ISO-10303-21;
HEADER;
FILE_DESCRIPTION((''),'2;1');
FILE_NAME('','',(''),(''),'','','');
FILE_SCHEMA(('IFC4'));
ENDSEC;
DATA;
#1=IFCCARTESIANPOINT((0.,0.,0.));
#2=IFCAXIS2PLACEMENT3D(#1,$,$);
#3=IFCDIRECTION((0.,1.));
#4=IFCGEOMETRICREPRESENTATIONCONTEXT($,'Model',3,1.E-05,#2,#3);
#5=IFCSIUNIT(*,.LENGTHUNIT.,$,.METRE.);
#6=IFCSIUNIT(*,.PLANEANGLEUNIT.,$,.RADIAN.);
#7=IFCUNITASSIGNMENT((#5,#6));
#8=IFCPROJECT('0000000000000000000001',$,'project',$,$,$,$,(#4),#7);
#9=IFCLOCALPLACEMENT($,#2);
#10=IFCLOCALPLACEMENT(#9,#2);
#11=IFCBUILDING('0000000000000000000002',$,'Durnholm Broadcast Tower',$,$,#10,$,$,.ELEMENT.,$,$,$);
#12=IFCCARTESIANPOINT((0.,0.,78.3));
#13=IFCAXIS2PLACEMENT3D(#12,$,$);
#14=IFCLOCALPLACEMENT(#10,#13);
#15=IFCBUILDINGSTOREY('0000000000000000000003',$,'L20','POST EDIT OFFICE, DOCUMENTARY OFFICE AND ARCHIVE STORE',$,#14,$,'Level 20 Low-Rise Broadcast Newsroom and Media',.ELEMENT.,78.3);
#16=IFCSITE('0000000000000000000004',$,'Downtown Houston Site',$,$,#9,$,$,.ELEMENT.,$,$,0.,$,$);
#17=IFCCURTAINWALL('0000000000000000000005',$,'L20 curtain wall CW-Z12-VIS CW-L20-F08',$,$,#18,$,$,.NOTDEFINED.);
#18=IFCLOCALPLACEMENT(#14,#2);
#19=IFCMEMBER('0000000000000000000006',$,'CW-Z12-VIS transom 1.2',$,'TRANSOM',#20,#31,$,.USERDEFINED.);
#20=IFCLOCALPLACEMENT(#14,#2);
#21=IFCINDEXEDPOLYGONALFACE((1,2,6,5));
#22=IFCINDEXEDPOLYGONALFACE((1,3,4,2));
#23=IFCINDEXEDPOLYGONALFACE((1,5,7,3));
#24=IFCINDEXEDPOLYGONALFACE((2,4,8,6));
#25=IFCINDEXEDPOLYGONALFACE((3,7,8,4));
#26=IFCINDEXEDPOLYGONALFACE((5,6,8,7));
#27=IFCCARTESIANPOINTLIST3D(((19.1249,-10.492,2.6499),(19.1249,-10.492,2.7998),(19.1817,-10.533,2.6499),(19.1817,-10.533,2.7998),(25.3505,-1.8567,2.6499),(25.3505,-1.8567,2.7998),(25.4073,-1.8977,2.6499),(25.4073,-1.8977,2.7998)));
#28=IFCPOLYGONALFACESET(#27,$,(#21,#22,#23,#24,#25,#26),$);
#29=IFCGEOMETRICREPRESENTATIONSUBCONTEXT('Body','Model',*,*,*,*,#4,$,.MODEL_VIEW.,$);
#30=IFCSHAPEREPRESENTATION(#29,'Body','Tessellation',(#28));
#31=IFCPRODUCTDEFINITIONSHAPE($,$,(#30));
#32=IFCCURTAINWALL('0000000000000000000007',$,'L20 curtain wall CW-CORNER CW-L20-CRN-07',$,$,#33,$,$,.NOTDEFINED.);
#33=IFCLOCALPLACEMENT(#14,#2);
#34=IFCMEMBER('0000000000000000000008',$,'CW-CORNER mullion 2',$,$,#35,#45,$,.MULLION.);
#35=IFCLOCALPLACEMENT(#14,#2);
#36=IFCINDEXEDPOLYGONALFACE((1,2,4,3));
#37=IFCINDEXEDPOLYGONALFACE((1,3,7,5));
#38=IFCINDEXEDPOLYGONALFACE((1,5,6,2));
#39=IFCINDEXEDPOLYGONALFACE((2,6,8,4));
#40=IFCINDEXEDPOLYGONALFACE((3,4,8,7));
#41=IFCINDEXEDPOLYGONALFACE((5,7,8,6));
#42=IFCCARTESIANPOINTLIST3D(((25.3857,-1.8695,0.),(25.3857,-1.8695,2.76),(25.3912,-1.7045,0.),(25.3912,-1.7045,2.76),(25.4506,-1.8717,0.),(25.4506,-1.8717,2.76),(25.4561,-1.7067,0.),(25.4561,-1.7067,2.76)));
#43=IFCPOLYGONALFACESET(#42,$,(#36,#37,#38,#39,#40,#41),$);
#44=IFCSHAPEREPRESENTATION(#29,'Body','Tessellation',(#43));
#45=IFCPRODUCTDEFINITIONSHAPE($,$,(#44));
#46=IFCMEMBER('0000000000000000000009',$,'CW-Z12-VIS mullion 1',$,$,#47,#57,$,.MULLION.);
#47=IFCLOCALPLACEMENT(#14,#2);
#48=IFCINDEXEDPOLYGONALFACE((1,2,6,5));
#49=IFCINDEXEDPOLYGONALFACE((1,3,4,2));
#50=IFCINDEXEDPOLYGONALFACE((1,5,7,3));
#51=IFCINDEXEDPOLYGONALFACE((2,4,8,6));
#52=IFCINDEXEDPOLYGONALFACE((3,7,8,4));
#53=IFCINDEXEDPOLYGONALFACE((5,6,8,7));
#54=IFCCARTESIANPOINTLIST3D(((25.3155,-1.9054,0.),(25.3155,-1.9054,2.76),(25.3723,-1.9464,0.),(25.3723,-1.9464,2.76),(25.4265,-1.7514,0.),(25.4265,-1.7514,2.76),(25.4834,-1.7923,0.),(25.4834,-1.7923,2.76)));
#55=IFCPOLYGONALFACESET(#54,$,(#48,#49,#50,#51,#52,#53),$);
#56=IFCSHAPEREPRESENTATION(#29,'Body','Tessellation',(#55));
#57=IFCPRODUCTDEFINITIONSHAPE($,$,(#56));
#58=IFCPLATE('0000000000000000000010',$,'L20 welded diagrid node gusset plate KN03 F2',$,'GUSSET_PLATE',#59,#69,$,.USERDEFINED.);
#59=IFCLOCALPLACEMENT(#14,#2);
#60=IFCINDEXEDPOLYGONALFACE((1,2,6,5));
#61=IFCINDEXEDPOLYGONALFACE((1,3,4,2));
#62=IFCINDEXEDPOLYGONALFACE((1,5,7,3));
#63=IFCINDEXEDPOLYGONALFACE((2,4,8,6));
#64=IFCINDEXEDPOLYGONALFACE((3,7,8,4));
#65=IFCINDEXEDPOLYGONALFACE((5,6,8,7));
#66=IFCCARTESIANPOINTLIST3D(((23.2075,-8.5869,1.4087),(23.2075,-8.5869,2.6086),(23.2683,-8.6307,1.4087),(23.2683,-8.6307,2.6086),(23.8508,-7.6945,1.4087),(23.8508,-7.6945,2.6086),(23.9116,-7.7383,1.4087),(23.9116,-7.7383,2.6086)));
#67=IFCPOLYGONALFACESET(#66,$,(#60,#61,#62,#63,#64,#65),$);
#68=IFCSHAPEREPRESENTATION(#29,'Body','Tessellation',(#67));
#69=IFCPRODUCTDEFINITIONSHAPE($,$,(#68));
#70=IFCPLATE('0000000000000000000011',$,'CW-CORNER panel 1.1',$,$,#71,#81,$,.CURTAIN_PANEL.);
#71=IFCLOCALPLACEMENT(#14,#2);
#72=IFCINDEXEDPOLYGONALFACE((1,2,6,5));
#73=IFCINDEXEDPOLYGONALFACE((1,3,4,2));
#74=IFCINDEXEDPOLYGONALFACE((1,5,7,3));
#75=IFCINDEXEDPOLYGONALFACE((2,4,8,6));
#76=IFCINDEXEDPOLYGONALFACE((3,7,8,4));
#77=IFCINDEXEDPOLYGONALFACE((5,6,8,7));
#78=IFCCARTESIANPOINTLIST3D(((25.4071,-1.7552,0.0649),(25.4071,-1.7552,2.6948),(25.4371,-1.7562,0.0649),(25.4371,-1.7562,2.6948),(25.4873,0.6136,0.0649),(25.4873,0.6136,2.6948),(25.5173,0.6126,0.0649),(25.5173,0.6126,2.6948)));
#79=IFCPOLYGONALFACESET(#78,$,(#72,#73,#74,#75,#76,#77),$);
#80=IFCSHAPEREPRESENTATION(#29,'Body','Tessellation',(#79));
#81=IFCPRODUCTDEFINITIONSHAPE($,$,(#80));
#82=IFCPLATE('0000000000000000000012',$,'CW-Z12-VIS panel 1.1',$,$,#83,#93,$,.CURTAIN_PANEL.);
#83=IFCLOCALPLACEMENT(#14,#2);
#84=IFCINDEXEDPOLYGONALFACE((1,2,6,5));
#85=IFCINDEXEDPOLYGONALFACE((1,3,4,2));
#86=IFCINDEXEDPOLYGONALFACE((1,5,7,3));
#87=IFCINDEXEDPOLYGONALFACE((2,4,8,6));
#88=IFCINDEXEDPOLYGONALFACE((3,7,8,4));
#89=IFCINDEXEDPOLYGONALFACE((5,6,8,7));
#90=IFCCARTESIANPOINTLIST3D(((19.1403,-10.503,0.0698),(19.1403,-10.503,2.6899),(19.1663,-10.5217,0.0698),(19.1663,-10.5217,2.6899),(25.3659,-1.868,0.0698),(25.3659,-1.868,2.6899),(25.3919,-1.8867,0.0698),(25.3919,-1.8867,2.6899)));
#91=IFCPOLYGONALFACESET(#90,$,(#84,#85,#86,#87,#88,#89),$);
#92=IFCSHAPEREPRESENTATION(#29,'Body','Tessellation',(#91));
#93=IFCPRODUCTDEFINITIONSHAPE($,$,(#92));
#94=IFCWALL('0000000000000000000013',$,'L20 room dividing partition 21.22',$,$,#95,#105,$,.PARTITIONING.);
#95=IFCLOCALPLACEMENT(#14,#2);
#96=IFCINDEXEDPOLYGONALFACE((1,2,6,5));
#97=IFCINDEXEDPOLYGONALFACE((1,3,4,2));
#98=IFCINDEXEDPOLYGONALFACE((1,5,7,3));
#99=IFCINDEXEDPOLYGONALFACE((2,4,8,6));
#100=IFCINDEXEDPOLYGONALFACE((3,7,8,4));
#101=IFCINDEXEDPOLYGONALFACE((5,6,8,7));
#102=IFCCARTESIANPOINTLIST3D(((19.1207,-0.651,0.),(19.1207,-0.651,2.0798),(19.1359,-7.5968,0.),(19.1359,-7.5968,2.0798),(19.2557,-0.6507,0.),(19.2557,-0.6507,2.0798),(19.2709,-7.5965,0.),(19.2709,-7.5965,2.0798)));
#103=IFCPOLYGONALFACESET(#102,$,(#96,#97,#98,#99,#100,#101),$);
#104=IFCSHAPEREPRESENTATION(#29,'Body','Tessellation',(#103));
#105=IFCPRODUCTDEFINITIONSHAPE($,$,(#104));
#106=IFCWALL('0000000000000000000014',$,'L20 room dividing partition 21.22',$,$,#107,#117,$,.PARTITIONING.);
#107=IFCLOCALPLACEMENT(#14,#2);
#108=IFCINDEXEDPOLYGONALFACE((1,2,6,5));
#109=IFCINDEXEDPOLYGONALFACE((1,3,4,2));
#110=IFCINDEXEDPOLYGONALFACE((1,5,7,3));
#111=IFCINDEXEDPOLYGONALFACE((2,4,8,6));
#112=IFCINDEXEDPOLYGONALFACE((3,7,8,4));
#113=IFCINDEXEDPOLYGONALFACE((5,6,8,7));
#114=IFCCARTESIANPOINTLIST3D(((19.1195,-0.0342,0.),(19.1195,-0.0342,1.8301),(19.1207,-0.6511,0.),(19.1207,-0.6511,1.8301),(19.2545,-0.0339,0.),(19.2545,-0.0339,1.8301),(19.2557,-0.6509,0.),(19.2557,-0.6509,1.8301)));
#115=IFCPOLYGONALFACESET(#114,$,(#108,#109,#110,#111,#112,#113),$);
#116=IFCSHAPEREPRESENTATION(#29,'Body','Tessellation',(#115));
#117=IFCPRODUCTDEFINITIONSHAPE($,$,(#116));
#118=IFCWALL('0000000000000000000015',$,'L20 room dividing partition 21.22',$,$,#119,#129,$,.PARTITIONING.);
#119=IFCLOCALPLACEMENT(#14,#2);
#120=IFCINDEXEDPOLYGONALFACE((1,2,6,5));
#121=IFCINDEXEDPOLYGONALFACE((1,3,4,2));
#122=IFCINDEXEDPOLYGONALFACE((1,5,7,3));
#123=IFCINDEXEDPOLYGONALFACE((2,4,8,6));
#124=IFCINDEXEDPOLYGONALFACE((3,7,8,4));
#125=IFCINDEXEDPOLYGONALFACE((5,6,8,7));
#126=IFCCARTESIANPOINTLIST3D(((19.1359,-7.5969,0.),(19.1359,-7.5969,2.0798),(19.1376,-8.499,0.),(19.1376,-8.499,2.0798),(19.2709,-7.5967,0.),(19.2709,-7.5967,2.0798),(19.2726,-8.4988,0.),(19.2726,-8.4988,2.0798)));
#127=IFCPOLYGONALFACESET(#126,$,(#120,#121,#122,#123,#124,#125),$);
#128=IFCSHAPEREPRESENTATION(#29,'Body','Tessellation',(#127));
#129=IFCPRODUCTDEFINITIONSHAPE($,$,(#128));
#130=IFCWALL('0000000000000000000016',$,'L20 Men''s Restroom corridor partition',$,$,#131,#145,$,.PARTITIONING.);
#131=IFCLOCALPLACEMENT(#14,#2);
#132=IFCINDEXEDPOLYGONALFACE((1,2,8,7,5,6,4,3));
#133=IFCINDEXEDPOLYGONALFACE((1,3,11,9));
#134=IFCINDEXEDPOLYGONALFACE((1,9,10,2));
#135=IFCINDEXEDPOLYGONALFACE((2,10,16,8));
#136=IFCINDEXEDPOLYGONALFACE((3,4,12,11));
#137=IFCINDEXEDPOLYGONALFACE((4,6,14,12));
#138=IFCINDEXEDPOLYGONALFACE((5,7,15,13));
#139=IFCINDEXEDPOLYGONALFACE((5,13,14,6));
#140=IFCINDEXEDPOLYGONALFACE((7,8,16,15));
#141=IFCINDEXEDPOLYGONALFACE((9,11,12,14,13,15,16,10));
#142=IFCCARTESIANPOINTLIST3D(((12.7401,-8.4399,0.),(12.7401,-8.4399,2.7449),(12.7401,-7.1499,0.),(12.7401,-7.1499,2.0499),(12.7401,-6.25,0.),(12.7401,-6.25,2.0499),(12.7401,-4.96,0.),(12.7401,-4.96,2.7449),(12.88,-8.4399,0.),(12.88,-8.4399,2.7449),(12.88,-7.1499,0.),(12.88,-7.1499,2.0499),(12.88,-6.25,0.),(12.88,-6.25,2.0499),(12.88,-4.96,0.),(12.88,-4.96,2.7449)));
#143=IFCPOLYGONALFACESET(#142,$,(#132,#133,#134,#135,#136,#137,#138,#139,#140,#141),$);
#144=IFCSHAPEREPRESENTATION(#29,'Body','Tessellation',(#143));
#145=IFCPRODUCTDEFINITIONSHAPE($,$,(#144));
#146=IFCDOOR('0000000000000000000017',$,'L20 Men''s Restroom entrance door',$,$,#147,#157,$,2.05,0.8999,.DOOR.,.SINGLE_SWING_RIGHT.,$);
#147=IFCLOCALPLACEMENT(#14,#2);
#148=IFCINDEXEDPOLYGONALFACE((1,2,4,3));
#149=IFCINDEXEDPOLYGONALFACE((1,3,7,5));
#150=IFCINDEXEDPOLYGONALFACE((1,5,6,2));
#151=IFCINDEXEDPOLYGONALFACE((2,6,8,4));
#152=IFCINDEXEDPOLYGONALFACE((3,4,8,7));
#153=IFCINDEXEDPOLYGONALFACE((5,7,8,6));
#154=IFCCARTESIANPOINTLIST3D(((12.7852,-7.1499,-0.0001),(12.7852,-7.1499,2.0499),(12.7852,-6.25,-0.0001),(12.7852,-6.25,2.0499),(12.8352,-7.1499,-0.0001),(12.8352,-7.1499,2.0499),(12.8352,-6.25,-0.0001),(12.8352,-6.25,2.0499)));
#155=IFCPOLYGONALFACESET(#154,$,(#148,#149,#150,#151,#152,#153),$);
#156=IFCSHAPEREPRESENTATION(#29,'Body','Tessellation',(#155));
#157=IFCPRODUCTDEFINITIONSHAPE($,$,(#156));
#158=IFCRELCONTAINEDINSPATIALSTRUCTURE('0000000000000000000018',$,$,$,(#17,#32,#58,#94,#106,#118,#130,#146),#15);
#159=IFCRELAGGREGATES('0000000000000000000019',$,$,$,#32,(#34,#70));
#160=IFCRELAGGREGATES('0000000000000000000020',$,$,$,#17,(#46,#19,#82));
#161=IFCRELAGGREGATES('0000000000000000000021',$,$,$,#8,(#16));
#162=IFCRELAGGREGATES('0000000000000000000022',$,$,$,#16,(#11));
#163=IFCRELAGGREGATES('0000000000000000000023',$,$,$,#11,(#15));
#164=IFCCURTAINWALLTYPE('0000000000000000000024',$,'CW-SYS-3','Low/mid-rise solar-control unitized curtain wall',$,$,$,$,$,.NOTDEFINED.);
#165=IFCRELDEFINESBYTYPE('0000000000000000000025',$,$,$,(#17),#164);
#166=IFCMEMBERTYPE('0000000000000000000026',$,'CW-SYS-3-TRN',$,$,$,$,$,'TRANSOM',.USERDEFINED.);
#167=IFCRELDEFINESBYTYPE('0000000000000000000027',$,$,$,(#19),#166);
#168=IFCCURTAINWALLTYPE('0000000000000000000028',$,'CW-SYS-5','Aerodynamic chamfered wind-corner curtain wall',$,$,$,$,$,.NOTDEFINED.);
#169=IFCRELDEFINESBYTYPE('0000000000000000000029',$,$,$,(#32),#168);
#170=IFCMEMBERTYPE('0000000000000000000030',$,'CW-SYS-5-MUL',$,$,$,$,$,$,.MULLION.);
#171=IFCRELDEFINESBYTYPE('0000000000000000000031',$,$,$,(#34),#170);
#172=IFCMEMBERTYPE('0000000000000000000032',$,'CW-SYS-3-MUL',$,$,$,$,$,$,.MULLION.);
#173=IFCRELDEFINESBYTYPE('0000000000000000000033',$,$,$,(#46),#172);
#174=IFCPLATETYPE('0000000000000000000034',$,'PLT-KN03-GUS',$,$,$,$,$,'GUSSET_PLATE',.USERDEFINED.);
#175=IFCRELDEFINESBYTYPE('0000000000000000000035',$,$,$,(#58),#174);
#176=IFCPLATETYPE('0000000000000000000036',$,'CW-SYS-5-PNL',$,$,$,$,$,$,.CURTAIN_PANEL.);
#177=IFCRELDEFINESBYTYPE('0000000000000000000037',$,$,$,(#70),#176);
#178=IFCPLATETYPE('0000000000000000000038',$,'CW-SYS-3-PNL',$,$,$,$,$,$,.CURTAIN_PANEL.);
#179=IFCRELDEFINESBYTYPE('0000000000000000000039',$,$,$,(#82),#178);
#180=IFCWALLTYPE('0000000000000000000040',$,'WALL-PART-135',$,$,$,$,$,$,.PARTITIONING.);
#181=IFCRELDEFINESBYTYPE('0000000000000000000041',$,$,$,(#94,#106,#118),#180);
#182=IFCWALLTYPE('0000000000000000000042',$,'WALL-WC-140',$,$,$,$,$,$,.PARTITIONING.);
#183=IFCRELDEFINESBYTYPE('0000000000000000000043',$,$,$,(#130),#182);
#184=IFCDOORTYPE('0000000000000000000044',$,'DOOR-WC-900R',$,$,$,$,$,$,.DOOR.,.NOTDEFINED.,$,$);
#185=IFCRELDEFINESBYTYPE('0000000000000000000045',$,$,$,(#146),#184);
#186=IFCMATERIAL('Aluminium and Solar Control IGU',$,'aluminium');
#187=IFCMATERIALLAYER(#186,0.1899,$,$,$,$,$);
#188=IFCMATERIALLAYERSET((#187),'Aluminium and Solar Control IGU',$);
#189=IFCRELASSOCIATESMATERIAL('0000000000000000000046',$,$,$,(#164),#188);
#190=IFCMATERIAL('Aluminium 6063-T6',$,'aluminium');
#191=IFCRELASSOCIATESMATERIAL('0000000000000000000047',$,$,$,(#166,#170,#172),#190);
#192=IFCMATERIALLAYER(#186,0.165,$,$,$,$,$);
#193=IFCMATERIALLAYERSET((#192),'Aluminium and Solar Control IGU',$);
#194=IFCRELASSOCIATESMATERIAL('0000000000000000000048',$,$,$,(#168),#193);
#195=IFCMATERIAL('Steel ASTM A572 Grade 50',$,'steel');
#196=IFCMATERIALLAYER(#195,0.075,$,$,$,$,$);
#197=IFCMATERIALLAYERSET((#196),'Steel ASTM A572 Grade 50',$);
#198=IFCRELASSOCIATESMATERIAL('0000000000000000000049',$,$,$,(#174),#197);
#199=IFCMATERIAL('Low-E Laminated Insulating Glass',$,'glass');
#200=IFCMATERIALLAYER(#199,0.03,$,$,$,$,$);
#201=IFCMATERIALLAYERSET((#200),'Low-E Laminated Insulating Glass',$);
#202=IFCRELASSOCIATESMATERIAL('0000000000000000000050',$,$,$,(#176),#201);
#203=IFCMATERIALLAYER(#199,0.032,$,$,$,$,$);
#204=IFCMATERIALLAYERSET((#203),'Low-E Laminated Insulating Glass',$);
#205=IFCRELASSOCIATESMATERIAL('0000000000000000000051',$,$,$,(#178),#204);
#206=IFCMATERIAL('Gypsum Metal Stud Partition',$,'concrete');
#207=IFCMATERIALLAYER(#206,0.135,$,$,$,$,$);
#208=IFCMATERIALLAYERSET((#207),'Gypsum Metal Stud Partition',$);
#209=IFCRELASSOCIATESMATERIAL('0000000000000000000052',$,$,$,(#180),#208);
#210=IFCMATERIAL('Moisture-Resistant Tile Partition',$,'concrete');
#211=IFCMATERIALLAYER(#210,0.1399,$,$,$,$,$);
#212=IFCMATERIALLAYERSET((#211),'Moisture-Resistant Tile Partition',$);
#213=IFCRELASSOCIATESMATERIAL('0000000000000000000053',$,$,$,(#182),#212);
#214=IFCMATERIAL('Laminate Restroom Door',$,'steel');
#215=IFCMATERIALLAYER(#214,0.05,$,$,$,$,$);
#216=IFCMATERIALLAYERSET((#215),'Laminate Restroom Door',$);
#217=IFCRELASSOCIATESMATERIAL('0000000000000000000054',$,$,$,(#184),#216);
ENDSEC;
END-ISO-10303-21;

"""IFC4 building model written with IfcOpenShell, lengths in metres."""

from ifc_helpers import new_model, si_unit, direction, frame, frame_2d, origin, origin_2d, place, context, subcontext, project, spatial, rectangle, extrude, source, transform, mapped, material, layer, layer_set, material_profile, profile_set, type_object, type_shapes, element, fill, aggregate, save


model = new_model("IFC4")

# Units and contexts
model_context = context("Model", 3, precision=1e-05, world=origin(), true_north=direction((0.0, 1.0)))
body_context = subcontext(model_context, "Body", "Model", "MODEL_VIEW")
ifc_project = project(units=[si_unit("LENGTHUNIT", "METRE"), si_unit("PLANEANGLEUNIT", "RADIAN")], contexts=[model_context])

# Site, building, storey
site_placement = place(None, origin())
site = spatial("IfcSite", under=ifc_project, at=site_placement, Name="Downtown Houston Site", CompositionType="ELEMENT", RefElevation=0.0)
building_placement = place(site_placement, origin())
building = spatial("IfcBuilding", under=site, at=building_placement, Name="Durnholm Broadcast Tower", CompositionType="ELEMENT")
storey_placement = place(building_placement, frame((0.0, 0.0, 78.3)))
storey = spatial("IfcBuildingStorey", under=building, at=storey_placement, Name="L20", Description="POST EDIT OFFICE, DOCUMENTARY OFFICE AND ARCHIVE STORE", LongName="Level 20 Low-Rise Broadcast Newsroom and Media", CompositionType="ELEMENT", Elevation=78.3)

# Curtain wall, member
ifc_material_1 = material(Name="Aluminium and Solar Control IGU", Category="aluminium")
ifc_layer_1 = layer(ifc_material_1, 0.1899)
ifc_layer_set_1 = layer_set([ifc_layer_1], Name="Aluminium and Solar Control IGU")
curtain_wall_type_1 = type_object("IfcCurtainWallType", Name="CW-SYS-3", Description="Low/mid-rise solar-control unitized curtain wall", PredefinedType="NOTDEFINED", material=ifc_layer_set_1)
curtain_wall_1_placement = place(storey_placement, origin())
curtain_wall_1 = element("IfcCurtainWall", 1, at=curtain_wall_1_placement, inside=storey, type_object=curtain_wall_type_1, Name="L20 curtain wall CW-Z12-VIS CW-L20-F08", PredefinedType="NOTDEFINED")
ifc_material_2 = material(Name="Aluminium 6063-T6", Category="aluminium")
ifc_material_profile_1 = material_profile(ifc_material_2, rectangle(XDim=0.0701, YDim=0.1499, at=origin_2d()), Name="CWT70X150")
ifc_profile_set_1 = profile_set([ifc_material_profile_1], Name="Aluminium 6063-T6")
member_type_1 = type_object("IfcMemberType", Name="CW-SYS-3-TRN", ElementType="TRANSOM", PredefinedType="USERDEFINED", material=ifc_profile_set_1)
shared_shape_1 = source(origin(), body_context, "Body", "SweptSolid", [
    extrude(rectangle(XDim=0.0701, YDim=0.1499, at=origin_2d()), origin(), (0.0, 0.0, 1.0), 10.6455),
])
type_shapes(member_type_1, [shared_shape_1])
member_1_placement = place(storey_placement, frame((25.3789, -1.8772, 2.7249), z_axis=(-0.584812, -0.811169, 0.0), x_axis=(0.811169, -0.584812, 0.0)))
member_1 = element("IfcMember", 2, at=member_1_placement, type_object=member_type_1, Name="CW-Z12-VIS transom 1.2", ObjectType="TRANSOM", PredefinedType="USERDEFINED", context=body_context, shape_type="MappedRepresentation", body=[
    mapped(shared_shape_1, transform((0.0, 0.0, 0.0), x_axis=(1.0, 0.0, 0.0), y_axis=(0.0, 1.0, 0.0), z_axis=(0.0, 0.0, 1.0), scale=1.0)),
])

# Curtain wall, member
ifc_layer_2 = layer(ifc_material_1, 0.165)
ifc_layer_set_2 = layer_set([ifc_layer_2], Name="Aluminium and Solar Control IGU")
curtain_wall_type_2 = type_object("IfcCurtainWallType", Name="CW-SYS-5", Description="Aerodynamic chamfered wind-corner curtain wall", PredefinedType="NOTDEFINED", material=ifc_layer_set_2)
curtain_wall_2_placement = place(storey_placement, origin())
curtain_wall_2 = element("IfcCurtainWall", 3, at=curtain_wall_2_placement, inside=storey, type_object=curtain_wall_type_2, Name="L20 curtain wall CW-CORNER CW-L20-CRN-07", PredefinedType="NOTDEFINED")
ifc_material_profile_2 = material_profile(ifc_material_2, rectangle(XDim=0.0649, YDim=0.165, at=origin_2d()), Name="CWM65X165")
ifc_profile_set_2 = profile_set([ifc_material_profile_2], Name="Aluminium 6063-T6")
member_type_2 = type_object("IfcMemberType", Name="CW-SYS-5-MUL", PredefinedType="MULLION", material=ifc_profile_set_2)
shared_shape_2 = source(origin(), body_context, "Body", "SweptSolid", [
    extrude(rectangle(XDim=0.0649, YDim=0.165, at=origin_2d()), origin(), (0.0, 0.0, 1.0), 2.76),
])
type_shapes(member_type_2, [shared_shape_2])
member_2_placement = place(storey_placement, frame((25.4209, -1.7881, 0.0), z_axis=(0.0, 0.0, 1.0), x_axis=(0.999427, -0.03384, 0.0)))
member_2 = element("IfcMember", 4, at=member_2_placement, type_object=member_type_2, Name="CW-CORNER mullion 2", PredefinedType="MULLION", context=body_context, shape_type="MappedRepresentation", body=[
    mapped(shared_shape_2, transform((0.0, 0.0, 0.0), x_axis=(1.0, 0.0, 0.0), y_axis=(0.0, 1.0, 0.0), z_axis=(0.0, 0.0, 1.0), scale=1.0)),
])

# Member
ifc_material_profile_3 = material_profile(ifc_material_2, rectangle(XDim=0.0701, YDim=0.1899, at=origin_2d()), Name="CWM70X190")
ifc_profile_set_3 = profile_set([ifc_material_profile_3], Name="Aluminium 6063-T6")
member_type_3 = type_object("IfcMemberType", Name="CW-SYS-3-MUL", PredefinedType="MULLION", material=ifc_profile_set_3)
shared_shape_3 = source(origin(), body_context, "Body", "SweptSolid", [
    extrude(rectangle(XDim=0.0701, YDim=0.1899, at=origin_2d()), origin(), (0.0, 0.0, 1.0), 2.76),
])
type_shapes(member_type_3, [shared_shape_3])
member_3_placement = place(storey_placement, frame((25.3994, -1.8489, 0.0), z_axis=(0.0, 0.0, 1.0), x_axis=(0.811161, -0.584823, 0.0)))
member_3 = element("IfcMember", 5, at=member_3_placement, type_object=member_type_3, Name="CW-Z12-VIS mullion 1", PredefinedType="MULLION", context=body_context, shape_type="MappedRepresentation", body=[
    mapped(shared_shape_3, transform((0.0, 0.0, 0.0), x_axis=(1.0, 0.0, 0.0), y_axis=(0.0, 1.0, 0.0), z_axis=(0.0, 0.0, 1.0), scale=1.0)),
])

# Plates
ifc_material_3 = material(Name="Steel ASTM A572 Grade 50", Category="steel")
ifc_layer_3 = layer(ifc_material_3, 0.075)
ifc_layer_set_3 = layer_set([ifc_layer_3], Name="Steel ASTM A572 Grade 50")
plate_type_1 = type_object("IfcPlateType", Name="PLT-KN03-GUS", ElementType="GUSSET_PLATE", PredefinedType="USERDEFINED", material=ifc_layer_set_3)
shared_shape_4 = source(origin(), body_context, "Body", "SweptSolid", [
    extrude(rectangle(XDim=1.1001, YDim=0.075, at=origin_2d()), origin(), (0.0, 0.0, 1.0), 1.2),
])
type_shapes(plate_type_1, [shared_shape_4])
plate_1_placement = place(storey_placement, frame((23.5596, -8.1626, 1.4087), z_axis=(0.0, 0.0, 1.0), x_axis=(0.584816, 0.811166, 0.0)))
element("IfcPlate", 6, at=plate_1_placement, inside=storey, type_object=plate_type_1, Name="L20 welded diagrid node gusset plate KN03 F2", ObjectType="GUSSET_PLATE", PredefinedType="USERDEFINED", context=body_context, shape_type="MappedRepresentation", body=[
    mapped(shared_shape_4, transform((0.0, 0.0, 0.0), x_axis=(1.0, 0.0, 0.0), y_axis=(0.0, 1.0, 0.0), z_axis=(0.0, 0.0, 1.0), scale=1.0)),
])
ifc_material_4 = material(Name="Low-E Laminated Insulating Glass", Category="glass")
ifc_layer_4 = layer(ifc_material_4, 0.03)
ifc_layer_set_4 = layer_set([ifc_layer_4], Name="Low-E Laminated Insulating Glass")
plate_type_2 = type_object("IfcPlateType", Name="CW-SYS-5-PNL", PredefinedType="CURTAIN_PANEL", material=ifc_layer_set_4)
shared_shape_5 = source(origin(), body_context, "Body", "SweptSolid", [
    extrude(rectangle(XDim=2.3701, YDim=0.03, at=origin_2d()), origin(), (0.0, 0.0, 1.0), 2.6299),
])
type_shapes(plate_type_2, [shared_shape_5])
plate_2_placement = place(storey_placement, frame((25.4622, -0.5713, 0.0649), z_axis=(0.0, 0.0, 1.0), x_axis=(-0.03384, -0.999427, 0.0)))
plate_2 = element("IfcPlate", 7, at=plate_2_placement, type_object=plate_type_2, Name="CW-CORNER panel 1.1", PredefinedType="CURTAIN_PANEL", context=body_context, shape_type="MappedRepresentation", body=[
    mapped(shared_shape_5, transform((0.0, 0.0, 0.0), x_axis=(1.0, 0.0, 0.0), y_axis=(0.0, 1.0, 0.0), z_axis=(0.0, 0.0, 1.0), scale=1.0)),
])
aggregate(curtain_wall_2, [member_2, plate_2])
ifc_layer_5 = layer(ifc_material_4, 0.032)
ifc_layer_set_5 = layer_set([ifc_layer_5], Name="Low-E Laminated Insulating Glass")
plate_type_3 = type_object("IfcPlateType", Name="CW-SYS-3-PNL", PredefinedType="CURTAIN_PANEL", material=ifc_layer_set_5)
shared_shape_6 = source(origin(), body_context, "Body", "SweptSolid", [
    extrude(rectangle(XDim=10.6453, YDim=0.032, at=origin_2d()), origin(), (0.0, 0.0, 1.0), 2.6201),
])
type_shapes(plate_type_3, [shared_shape_6])
plate_3_placement = place(storey_placement, frame((22.2661, -6.1948, 0.0698), z_axis=(0.0, 0.0, 1.0), x_axis=(-0.584823, -0.811161, 0.0)))
plate_3 = element("IfcPlate", 8, at=plate_3_placement, type_object=plate_type_3, Name="CW-Z12-VIS panel 1.1", PredefinedType="CURTAIN_PANEL", context=body_context, shape_type="MappedRepresentation", body=[
    mapped(shared_shape_6, transform((0.0, 0.0, 0.0), x_axis=(1.0, 0.0, 0.0), y_axis=(0.0, 1.0, 0.0), z_axis=(0.0, 0.0, 1.0), scale=1.0)),
])
aggregate(curtain_wall_1, [member_3, member_1, plate_3])

# Walls
ifc_material_5 = material(Name="Gypsum Metal Stud Partition", Category="concrete")
ifc_layer_6 = layer(ifc_material_5, 0.135)
ifc_layer_set_6 = layer_set([ifc_layer_6], Name="Gypsum Metal Stud Partition")
wall_type_1 = type_object("IfcWallType", Name="WALL-PART-135", PredefinedType="PARTITIONING", material=ifc_layer_set_6)
wall_1_placement = place(storey_placement, frame((19.1882, -0.6509, 0.0), z_axis=(0.0, 0.0, 1.0), x_axis=(0.002179, -0.999998, 0.0)))
element("IfcWall", 9, at=wall_1_placement, inside=storey, type_object=wall_type_1, Name="L20 room dividing partition 21.22", PredefinedType="PARTITIONING", context=body_context, shape_type="SweptSolid", body=[
    extrude(rectangle(XDim=6.9458, YDim=0.135, at=frame_2d((3.4729, 0.0))), origin(), (0.0, 0.0, 1.0), 2.0798),
])
wall_2_placement = place(storey_placement, frame((19.187, -0.0339, 0.0), z_axis=(0.0, 0.0, 1.0), x_axis=(0.001979, -0.999998, 0.0)))
element("IfcWall", 10, at=wall_2_placement, inside=storey, type_object=wall_type_1, Name="L20 room dividing partition 21.22", PredefinedType="PARTITIONING", context=body_context, shape_type="SweptSolid", body=[
    extrude(rectangle(XDim=0.6169, YDim=0.135, at=frame_2d((0.3086, 0.0))), origin(), (0.0, 0.0, 1.0), 1.8301),
])
wall_3_placement = place(storey_placement, frame((19.2034, -7.5967, 0.0), z_axis=(0.0, 0.0, 1.0), x_axis=(0.001894, -0.999998, 0.0)))
element("IfcWall", 11, at=wall_3_placement, inside=storey, type_object=wall_type_1, Name="L20 room dividing partition 21.22", PredefinedType="PARTITIONING", context=body_context, shape_type="SweptSolid", body=[
    extrude(rectangle(XDim=0.9021, YDim=0.135, at=frame_2d((0.4512, 0.0))), origin(), (0.0, 0.0, 1.0), 2.0798),
])

# Wall, opening, door
ifc_material_6 = material(Name="Moisture-Resistant Tile Partition", Category="concrete")
ifc_layer_7 = layer(ifc_material_6, 0.1399)
ifc_layer_set_7 = layer_set([ifc_layer_7], Name="Moisture-Resistant Tile Partition")
wall_type_2 = type_object("IfcWallType", Name="WALL-WC-140", PredefinedType="PARTITIONING", material=ifc_layer_set_7)
wall_4_placement = place(storey_placement, frame((12.8101, -8.4399, 0.0), z_axis=(0.0, 0.0, 1.0), x_axis=(0.0, 1.0, 0.0)))
wall_4 = element("IfcWall", 12, at=wall_4_placement, inside=storey, type_object=wall_type_2, Name="L20 Men's Restroom corridor partition", PredefinedType="PARTITIONING", context=body_context, shape_type="SweptSolid", body=[
    extrude(rectangle(XDim=3.48, YDim=0.1399, at=frame_2d((1.74, 0.0))), origin(), (0.0, 0.0, 1.0), 2.7449),
])
opening_1_placement = place(wall_4_placement, frame((1.29, 0.0, 0.0)))
opening_1 = element("IfcOpeningElement", 13, at=opening_1_placement, cuts=wall_4, PredefinedType="OPENING", context=body_context, shape_type="SweptSolid", body=[
    extrude(rectangle(XDim=0.8999, YDim=2.05, at=frame_2d((0.45, 1.0249))), frame((0.0, 0.0801, 0.0), z_axis=(0.0, -1.0, 0.0), x_axis=(1.0, 0.0, 0.0)), (0.0, 0.0, 1.0), 0.1599),
])
ifc_material_7 = material(Name="Laminate Restroom Door", Category="steel")
ifc_layer_8 = layer(ifc_material_7, 0.05)
ifc_layer_set_8 = layer_set([ifc_layer_8], Name="Laminate Restroom Door")
door_type_1 = type_object("IfcDoorType", Name="DOOR-WC-900R", OperationType="NOTDEFINED", PredefinedType="DOOR", material=ifc_layer_set_8)
shared_shape_7 = source(origin(), body_context, "Body", "SweptSolid", [
    extrude(rectangle(XDim=0.8999, YDim=2.05, at=frame_2d((0.45, 1.0249))), frame((0.0, 0.0249, 0.0), z_axis=(0.0, -1.0, 0.0), x_axis=(1.0, 0.0, 0.0)), (0.0, 0.0, 1.0), 0.05),
])
type_shapes(door_type_1, [shared_shape_7])
door_1_placement = place(opening_1_placement, origin())
door_1 = element("IfcDoor", 14, at=door_1_placement, inside=storey, type_object=door_type_1, Name="L20 Men's Restroom entrance door", OperationType="SINGLE_SWING_RIGHT", OverallHeight=2.05, OverallWidth=0.8999, PredefinedType="DOOR", context=body_context, shape_type="MappedRepresentation", body=[
    mapped(shared_shape_7, transform((0.0, 0.0, 0.0), x_axis=(1.0, 0.0, 0.0), y_axis=(0.0, 1.0, 0.0), z_axis=(0.0, 0.0, 1.0), scale=1.0)),
])
fill(opening_1, door_1)

save(model, "model.ifc")
